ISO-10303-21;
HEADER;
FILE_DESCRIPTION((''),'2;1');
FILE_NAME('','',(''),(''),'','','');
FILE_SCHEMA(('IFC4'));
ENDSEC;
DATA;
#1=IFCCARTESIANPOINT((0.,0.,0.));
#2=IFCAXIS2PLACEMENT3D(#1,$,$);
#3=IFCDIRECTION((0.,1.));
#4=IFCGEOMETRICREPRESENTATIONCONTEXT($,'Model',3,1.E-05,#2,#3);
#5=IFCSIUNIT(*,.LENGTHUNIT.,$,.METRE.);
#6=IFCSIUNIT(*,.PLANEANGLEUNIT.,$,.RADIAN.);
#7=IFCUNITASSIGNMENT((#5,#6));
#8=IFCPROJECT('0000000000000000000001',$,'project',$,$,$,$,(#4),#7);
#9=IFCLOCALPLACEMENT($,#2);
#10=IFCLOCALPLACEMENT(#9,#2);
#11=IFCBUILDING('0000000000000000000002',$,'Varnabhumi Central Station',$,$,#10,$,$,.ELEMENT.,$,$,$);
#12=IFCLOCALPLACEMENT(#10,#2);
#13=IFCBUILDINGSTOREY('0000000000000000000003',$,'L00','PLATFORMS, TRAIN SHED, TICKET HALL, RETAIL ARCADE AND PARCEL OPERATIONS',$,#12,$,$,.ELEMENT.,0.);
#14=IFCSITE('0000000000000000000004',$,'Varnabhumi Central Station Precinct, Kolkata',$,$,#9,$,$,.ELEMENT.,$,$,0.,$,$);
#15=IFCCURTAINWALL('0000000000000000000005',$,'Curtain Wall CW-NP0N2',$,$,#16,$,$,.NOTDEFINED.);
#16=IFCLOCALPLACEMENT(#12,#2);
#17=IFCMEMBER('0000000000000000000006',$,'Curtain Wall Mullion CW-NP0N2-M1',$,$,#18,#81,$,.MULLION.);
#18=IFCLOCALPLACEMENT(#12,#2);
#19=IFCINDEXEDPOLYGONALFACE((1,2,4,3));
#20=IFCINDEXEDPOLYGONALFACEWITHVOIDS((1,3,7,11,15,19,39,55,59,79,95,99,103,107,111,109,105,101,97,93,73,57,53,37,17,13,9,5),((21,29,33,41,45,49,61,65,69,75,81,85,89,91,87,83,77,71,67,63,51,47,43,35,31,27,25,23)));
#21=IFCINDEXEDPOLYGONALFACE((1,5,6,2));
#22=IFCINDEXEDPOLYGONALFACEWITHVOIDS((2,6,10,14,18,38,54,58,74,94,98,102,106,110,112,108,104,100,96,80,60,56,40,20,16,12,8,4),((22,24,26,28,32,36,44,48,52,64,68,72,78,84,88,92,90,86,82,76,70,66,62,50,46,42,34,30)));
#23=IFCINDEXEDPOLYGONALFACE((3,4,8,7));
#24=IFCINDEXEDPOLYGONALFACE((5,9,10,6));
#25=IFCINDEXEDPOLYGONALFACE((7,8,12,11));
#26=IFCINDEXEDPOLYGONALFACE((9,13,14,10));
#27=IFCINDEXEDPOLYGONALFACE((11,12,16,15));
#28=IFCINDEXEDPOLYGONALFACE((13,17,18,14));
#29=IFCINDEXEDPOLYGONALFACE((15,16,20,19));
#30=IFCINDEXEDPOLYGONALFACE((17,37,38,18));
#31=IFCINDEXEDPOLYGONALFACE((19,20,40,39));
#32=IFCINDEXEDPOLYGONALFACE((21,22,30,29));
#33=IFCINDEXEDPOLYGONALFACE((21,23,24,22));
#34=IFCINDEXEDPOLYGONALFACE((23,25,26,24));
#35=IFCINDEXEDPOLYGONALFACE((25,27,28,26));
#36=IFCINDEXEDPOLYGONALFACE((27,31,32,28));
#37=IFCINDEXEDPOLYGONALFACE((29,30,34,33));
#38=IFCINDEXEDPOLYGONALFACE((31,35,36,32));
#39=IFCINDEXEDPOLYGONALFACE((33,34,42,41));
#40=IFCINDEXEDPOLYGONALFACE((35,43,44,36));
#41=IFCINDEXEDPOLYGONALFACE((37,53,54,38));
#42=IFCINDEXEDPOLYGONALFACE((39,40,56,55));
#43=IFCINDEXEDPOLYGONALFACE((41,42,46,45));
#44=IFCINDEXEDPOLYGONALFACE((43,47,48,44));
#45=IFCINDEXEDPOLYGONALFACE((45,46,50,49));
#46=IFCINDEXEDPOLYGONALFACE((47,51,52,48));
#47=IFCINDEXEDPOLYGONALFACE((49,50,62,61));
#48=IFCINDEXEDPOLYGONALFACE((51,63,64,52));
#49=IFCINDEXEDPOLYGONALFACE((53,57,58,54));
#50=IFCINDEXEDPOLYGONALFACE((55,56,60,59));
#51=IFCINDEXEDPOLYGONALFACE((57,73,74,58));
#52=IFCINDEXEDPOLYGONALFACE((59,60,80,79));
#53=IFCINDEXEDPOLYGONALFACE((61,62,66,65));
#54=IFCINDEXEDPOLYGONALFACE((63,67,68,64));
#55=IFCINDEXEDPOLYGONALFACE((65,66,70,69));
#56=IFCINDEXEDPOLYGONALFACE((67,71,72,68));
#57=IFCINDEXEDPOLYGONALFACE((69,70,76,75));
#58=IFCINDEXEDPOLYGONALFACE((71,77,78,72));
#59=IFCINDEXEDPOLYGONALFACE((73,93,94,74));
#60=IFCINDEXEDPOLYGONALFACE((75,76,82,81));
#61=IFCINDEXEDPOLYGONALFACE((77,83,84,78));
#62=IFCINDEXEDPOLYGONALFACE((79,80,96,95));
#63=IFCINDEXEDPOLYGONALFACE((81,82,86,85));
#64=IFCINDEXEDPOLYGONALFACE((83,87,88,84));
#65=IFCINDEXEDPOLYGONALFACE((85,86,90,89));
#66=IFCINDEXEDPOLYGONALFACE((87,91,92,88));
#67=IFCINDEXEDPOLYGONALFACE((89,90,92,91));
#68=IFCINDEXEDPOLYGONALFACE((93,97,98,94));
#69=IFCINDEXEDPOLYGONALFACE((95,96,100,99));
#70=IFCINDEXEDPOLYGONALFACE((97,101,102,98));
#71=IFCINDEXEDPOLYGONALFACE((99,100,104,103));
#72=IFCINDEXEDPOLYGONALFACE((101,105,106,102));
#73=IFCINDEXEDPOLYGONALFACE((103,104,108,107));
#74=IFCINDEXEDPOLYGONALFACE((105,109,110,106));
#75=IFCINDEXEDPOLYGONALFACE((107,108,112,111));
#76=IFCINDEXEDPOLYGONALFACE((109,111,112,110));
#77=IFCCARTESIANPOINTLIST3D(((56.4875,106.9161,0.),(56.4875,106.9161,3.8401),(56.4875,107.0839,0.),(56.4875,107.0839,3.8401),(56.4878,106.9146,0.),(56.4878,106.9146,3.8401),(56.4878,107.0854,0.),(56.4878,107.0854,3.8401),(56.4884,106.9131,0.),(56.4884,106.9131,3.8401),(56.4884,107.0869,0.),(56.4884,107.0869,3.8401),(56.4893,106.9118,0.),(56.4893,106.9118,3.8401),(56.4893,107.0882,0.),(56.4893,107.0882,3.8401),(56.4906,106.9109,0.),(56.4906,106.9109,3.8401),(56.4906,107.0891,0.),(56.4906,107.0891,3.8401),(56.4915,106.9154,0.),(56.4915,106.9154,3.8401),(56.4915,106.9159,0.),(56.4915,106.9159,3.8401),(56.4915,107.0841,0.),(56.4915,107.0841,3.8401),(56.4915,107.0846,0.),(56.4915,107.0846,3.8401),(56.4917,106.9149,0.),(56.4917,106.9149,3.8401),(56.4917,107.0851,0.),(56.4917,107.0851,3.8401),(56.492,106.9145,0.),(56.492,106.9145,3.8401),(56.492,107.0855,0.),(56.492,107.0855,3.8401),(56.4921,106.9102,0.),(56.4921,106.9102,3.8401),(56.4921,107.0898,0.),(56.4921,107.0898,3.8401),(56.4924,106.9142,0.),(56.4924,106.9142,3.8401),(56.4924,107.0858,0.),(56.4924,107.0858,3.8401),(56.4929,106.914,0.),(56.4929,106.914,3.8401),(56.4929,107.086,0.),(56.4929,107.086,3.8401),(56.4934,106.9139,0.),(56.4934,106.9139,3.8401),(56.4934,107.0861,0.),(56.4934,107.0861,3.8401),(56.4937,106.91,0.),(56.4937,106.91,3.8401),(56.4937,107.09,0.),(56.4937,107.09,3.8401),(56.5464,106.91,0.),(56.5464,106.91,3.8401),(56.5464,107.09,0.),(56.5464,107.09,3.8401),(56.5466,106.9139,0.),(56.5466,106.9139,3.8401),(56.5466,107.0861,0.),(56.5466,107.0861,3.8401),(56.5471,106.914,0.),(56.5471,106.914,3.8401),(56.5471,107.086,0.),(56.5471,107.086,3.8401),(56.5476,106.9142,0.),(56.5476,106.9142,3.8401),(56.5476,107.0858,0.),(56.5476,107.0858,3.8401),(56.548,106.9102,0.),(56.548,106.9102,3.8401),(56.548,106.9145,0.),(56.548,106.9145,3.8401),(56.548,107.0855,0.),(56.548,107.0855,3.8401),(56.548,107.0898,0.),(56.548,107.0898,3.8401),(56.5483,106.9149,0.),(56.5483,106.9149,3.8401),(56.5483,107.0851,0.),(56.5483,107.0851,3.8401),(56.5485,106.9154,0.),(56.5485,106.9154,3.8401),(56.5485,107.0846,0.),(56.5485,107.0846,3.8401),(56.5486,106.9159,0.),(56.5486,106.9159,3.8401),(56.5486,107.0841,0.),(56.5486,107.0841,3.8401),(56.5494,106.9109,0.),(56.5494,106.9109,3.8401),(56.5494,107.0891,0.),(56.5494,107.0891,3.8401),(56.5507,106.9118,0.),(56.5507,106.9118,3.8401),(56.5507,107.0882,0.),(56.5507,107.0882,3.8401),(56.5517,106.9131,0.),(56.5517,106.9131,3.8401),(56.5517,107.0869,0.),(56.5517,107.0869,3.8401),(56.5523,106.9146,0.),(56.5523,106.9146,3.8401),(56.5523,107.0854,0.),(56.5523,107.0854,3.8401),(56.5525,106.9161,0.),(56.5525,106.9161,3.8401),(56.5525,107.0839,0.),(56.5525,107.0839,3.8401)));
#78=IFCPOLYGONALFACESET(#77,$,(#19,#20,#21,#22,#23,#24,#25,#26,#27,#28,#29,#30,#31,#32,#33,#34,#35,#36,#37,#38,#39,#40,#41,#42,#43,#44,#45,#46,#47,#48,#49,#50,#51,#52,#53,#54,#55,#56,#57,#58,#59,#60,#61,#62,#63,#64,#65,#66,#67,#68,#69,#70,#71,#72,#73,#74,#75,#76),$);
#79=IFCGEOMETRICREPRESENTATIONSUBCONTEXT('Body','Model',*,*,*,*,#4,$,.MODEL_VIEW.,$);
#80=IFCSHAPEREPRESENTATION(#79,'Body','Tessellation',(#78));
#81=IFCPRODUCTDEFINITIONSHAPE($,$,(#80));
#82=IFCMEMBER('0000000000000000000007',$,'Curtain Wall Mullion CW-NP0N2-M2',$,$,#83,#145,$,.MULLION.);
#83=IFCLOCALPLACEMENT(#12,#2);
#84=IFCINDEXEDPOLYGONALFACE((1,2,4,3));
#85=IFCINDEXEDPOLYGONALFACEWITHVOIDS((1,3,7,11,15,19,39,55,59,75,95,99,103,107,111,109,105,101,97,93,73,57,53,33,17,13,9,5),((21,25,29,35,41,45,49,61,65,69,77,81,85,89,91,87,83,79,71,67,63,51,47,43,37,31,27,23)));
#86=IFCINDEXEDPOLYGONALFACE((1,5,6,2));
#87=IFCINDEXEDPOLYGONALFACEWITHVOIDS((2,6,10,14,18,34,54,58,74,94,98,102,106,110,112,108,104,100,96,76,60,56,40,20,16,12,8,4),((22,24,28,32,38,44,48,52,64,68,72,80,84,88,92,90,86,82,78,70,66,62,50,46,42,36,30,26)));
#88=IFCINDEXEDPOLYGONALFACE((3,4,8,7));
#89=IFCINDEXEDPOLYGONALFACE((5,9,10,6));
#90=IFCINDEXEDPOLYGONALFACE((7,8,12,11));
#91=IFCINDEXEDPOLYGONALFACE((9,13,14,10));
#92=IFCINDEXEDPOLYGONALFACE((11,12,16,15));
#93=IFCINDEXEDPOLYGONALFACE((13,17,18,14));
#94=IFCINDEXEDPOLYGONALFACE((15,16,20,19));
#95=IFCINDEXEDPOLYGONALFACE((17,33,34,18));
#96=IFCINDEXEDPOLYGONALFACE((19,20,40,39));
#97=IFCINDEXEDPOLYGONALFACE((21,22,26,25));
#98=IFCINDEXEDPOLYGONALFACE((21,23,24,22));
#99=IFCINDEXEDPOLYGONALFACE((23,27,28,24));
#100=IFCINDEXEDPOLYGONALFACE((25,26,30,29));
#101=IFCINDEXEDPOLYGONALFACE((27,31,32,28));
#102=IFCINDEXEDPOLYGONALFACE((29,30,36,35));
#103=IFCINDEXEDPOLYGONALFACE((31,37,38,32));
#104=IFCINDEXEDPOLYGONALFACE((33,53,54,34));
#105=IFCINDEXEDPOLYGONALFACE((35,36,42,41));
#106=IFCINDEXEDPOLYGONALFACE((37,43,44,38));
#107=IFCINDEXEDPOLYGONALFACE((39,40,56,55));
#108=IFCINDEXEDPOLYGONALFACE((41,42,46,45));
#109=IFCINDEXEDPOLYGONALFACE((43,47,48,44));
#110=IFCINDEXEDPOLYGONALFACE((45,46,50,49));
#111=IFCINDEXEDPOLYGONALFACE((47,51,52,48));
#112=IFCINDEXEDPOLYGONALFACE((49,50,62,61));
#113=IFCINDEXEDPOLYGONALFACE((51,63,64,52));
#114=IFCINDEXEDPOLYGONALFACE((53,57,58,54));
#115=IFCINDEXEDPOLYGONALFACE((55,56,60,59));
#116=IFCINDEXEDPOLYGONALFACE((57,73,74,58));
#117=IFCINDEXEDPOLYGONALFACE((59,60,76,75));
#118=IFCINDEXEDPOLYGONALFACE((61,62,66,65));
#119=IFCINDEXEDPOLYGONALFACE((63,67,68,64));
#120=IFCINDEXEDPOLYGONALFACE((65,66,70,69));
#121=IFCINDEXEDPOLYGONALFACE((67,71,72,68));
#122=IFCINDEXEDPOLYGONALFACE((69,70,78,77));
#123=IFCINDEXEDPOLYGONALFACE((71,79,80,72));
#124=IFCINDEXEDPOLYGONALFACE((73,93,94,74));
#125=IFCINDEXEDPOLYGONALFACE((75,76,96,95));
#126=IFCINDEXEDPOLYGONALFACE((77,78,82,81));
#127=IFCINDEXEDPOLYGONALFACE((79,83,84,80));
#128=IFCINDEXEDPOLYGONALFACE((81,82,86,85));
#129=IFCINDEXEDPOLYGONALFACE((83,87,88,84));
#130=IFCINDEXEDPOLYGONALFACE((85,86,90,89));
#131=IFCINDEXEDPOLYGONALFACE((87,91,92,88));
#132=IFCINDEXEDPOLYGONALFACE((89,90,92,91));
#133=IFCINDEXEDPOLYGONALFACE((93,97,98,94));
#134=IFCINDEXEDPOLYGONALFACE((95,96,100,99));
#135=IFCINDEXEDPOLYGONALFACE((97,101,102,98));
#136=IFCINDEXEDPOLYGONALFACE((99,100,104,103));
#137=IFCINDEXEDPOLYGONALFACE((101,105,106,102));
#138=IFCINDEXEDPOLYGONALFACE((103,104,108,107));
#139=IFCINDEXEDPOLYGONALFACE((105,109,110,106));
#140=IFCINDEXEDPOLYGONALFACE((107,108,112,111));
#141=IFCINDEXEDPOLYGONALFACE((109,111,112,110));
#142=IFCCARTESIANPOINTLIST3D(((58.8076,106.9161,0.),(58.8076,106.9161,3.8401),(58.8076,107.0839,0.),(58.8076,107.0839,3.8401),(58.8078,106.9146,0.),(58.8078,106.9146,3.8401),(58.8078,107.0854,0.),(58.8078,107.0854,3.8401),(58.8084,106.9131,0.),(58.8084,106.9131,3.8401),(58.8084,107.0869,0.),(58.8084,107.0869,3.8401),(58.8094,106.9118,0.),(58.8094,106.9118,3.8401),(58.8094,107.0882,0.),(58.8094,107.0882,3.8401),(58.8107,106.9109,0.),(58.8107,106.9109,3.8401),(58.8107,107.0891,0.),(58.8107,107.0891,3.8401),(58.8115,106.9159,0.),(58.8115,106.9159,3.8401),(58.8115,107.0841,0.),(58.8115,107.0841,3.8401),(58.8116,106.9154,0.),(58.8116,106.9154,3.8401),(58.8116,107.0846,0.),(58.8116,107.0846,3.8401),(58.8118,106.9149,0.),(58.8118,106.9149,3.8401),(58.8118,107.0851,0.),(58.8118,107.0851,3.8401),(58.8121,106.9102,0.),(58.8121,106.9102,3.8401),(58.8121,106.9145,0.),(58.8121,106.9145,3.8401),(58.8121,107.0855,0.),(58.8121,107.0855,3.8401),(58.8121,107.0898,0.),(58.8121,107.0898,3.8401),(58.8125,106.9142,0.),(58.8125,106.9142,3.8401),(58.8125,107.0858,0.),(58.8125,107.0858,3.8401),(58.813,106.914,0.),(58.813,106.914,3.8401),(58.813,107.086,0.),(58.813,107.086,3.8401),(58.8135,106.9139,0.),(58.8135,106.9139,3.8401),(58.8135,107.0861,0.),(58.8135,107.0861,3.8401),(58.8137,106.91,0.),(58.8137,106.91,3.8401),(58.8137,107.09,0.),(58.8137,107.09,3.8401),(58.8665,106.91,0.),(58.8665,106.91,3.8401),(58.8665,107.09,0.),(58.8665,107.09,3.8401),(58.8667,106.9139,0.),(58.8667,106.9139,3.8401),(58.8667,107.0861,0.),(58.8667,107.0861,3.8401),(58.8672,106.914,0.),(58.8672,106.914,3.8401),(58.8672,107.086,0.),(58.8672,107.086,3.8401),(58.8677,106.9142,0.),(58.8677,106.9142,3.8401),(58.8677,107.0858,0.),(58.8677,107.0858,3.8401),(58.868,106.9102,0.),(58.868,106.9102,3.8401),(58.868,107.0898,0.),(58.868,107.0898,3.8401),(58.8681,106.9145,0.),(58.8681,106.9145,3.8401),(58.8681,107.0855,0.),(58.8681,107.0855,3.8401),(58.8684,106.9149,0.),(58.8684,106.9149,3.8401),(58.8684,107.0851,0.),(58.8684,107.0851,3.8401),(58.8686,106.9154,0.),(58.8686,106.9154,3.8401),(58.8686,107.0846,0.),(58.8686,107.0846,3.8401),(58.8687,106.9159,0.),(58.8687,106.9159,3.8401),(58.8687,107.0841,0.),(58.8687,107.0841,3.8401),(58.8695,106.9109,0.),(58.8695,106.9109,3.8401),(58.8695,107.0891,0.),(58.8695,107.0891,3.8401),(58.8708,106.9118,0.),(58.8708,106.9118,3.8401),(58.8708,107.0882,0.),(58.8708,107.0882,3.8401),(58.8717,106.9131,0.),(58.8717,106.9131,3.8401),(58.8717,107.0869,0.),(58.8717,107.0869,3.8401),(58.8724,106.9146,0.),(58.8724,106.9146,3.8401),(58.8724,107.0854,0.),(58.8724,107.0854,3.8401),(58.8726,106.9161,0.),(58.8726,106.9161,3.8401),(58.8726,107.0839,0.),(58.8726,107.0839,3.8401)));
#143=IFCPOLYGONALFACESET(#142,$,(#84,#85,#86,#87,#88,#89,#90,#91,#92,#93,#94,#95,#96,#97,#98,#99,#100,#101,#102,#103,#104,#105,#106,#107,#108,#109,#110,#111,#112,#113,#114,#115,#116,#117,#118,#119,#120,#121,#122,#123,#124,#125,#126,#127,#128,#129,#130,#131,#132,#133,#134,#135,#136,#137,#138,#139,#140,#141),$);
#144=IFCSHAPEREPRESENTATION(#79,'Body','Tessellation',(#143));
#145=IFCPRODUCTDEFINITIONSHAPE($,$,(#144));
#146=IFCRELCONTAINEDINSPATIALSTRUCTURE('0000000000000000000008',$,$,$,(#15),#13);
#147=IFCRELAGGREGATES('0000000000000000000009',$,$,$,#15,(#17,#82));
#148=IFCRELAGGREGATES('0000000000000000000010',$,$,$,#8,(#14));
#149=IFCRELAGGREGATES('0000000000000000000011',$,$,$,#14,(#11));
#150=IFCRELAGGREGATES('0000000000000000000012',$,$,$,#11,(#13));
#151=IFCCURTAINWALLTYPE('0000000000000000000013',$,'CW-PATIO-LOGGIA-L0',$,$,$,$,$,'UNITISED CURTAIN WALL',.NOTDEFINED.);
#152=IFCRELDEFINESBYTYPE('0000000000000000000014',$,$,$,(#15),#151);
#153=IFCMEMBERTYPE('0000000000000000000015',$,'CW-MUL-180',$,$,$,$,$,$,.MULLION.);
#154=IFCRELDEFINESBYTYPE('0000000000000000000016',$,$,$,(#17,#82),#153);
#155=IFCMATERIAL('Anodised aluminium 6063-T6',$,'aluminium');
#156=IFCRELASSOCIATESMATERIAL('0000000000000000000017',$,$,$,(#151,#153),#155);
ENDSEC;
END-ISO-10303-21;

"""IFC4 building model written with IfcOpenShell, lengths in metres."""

from ifc_helpers import new_model, si_unit, direction, frame, origin, origin_2d, place, context, subcontext, project, spatial, hollow_rectangle, extrude, material, material_profile, profile_set, type_object, element, aggregate, save


model = new_model("IFC4")

# Units and contexts
model_context = context("Model", 3, precision=1e-05, world=origin(), true_north=direction((0.0, 1.0)))
body_context = subcontext(model_context, "Body", "Model", "MODEL_VIEW")
ifc_project = project(units=[si_unit("LENGTHUNIT", "METRE"), si_unit("PLANEANGLEUNIT", "RADIAN")], contexts=[model_context])

# Site, building, storey
site_placement = place(None, origin())
site = spatial("IfcSite", under=ifc_project, at=site_placement, Name="Varnabhumi Central Station Precinct, Kolkata", CompositionType="ELEMENT", RefElevation=0.0)
building_placement = place(site_placement, origin())
building = spatial("IfcBuilding", under=site, at=building_placement, Name="Varnabhumi Central Station", CompositionType="ELEMENT")
storey_placement = place(building_placement, origin())
storey = spatial("IfcBuildingStorey", under=building, at=storey_placement, Name="L00", Description="PLATFORMS, TRAIN SHED, TICKET HALL, RETAIL ARCADE AND PARCEL OPERATIONS", CompositionType="ELEMENT", Elevation=0.0)

# Curtain wall, members
ifc_material_1 = material(Name="Anodised aluminium 6063-T6", Category="aluminium")
curtain_wall_type = type_object("IfcCurtainWallType", Name="CW-PATIO-LOGGIA-L0", ElementType="UNITISED CURTAIN WALL", PredefinedType="NOTDEFINED", material=ifc_material_1)
ifc_material_profile_1 = material_profile(ifc_material_1, hollow_rectangle(XDim=0.0649, YDim=0.1799, WallThickness=0.0039, InnerFilletRadius=0.002, OuterFilletRadius=0.0061, at=origin_2d()), Name="Anodised aluminium 6063-T6", Category="aluminium")
ifc_profile_set_1 = profile_set([ifc_material_profile_1], Name="Anodised aluminium 6063-T6")
member_type_1 = type_object("IfcMemberType", Name="CW-MUL-180", PredefinedType="MULLION", material=ifc_profile_set_1)
curtain_wall_1_placement = place(storey_placement, origin())
curtain_wall_1 = element("IfcCurtainWall", 1, at=curtain_wall_1_placement, inside=storey, type_object=curtain_wall_type, Name="Curtain Wall CW-NP0N2", PredefinedType="NOTDEFINED")
member_1_placement = place(storey_placement, frame((56.52, 107.0, 0.0), z_axis=(0.0, 0.0, 1.0), x_axis=(1.0, 0.0, 0.0)))
member_1 = element("IfcMember", 2, at=member_1_placement, type_object=member_type_1, Name="Curtain Wall Mullion CW-NP0N2-M1", PredefinedType="MULLION", context=body_context, shape_type="SweptSolid", body=[
    extrude(hollow_rectangle(XDim=0.0649, YDim=0.1799, WallThickness=0.0039, InnerFilletRadius=0.002, OuterFilletRadius=0.0061, at=origin_2d()), origin(), (0.0, 0.0, 1.0), 3.8401),
])
member_2_placement = place(storey_placement, frame((58.8401, 107.0, 0.0), z_axis=(0.0, 0.0, 1.0), x_axis=(1.0, 0.0, 0.0)))
member_2 = element("IfcMember", 3, at=member_2_placement, type_object=member_type_1, Name="Curtain Wall Mullion CW-NP0N2-M2", PredefinedType="MULLION", context=body_context, shape_type="SweptSolid", body=[
    extrude(hollow_rectangle(XDim=0.0649, YDim=0.1799, WallThickness=0.0039, InnerFilletRadius=0.002, OuterFilletRadius=0.0061, at=origin_2d()), origin(), (0.0, 0.0, 1.0), 3.8401),
])

aggregate(curtain_wall_1, [member_1, member_2])

save(model, "model.ifc")
